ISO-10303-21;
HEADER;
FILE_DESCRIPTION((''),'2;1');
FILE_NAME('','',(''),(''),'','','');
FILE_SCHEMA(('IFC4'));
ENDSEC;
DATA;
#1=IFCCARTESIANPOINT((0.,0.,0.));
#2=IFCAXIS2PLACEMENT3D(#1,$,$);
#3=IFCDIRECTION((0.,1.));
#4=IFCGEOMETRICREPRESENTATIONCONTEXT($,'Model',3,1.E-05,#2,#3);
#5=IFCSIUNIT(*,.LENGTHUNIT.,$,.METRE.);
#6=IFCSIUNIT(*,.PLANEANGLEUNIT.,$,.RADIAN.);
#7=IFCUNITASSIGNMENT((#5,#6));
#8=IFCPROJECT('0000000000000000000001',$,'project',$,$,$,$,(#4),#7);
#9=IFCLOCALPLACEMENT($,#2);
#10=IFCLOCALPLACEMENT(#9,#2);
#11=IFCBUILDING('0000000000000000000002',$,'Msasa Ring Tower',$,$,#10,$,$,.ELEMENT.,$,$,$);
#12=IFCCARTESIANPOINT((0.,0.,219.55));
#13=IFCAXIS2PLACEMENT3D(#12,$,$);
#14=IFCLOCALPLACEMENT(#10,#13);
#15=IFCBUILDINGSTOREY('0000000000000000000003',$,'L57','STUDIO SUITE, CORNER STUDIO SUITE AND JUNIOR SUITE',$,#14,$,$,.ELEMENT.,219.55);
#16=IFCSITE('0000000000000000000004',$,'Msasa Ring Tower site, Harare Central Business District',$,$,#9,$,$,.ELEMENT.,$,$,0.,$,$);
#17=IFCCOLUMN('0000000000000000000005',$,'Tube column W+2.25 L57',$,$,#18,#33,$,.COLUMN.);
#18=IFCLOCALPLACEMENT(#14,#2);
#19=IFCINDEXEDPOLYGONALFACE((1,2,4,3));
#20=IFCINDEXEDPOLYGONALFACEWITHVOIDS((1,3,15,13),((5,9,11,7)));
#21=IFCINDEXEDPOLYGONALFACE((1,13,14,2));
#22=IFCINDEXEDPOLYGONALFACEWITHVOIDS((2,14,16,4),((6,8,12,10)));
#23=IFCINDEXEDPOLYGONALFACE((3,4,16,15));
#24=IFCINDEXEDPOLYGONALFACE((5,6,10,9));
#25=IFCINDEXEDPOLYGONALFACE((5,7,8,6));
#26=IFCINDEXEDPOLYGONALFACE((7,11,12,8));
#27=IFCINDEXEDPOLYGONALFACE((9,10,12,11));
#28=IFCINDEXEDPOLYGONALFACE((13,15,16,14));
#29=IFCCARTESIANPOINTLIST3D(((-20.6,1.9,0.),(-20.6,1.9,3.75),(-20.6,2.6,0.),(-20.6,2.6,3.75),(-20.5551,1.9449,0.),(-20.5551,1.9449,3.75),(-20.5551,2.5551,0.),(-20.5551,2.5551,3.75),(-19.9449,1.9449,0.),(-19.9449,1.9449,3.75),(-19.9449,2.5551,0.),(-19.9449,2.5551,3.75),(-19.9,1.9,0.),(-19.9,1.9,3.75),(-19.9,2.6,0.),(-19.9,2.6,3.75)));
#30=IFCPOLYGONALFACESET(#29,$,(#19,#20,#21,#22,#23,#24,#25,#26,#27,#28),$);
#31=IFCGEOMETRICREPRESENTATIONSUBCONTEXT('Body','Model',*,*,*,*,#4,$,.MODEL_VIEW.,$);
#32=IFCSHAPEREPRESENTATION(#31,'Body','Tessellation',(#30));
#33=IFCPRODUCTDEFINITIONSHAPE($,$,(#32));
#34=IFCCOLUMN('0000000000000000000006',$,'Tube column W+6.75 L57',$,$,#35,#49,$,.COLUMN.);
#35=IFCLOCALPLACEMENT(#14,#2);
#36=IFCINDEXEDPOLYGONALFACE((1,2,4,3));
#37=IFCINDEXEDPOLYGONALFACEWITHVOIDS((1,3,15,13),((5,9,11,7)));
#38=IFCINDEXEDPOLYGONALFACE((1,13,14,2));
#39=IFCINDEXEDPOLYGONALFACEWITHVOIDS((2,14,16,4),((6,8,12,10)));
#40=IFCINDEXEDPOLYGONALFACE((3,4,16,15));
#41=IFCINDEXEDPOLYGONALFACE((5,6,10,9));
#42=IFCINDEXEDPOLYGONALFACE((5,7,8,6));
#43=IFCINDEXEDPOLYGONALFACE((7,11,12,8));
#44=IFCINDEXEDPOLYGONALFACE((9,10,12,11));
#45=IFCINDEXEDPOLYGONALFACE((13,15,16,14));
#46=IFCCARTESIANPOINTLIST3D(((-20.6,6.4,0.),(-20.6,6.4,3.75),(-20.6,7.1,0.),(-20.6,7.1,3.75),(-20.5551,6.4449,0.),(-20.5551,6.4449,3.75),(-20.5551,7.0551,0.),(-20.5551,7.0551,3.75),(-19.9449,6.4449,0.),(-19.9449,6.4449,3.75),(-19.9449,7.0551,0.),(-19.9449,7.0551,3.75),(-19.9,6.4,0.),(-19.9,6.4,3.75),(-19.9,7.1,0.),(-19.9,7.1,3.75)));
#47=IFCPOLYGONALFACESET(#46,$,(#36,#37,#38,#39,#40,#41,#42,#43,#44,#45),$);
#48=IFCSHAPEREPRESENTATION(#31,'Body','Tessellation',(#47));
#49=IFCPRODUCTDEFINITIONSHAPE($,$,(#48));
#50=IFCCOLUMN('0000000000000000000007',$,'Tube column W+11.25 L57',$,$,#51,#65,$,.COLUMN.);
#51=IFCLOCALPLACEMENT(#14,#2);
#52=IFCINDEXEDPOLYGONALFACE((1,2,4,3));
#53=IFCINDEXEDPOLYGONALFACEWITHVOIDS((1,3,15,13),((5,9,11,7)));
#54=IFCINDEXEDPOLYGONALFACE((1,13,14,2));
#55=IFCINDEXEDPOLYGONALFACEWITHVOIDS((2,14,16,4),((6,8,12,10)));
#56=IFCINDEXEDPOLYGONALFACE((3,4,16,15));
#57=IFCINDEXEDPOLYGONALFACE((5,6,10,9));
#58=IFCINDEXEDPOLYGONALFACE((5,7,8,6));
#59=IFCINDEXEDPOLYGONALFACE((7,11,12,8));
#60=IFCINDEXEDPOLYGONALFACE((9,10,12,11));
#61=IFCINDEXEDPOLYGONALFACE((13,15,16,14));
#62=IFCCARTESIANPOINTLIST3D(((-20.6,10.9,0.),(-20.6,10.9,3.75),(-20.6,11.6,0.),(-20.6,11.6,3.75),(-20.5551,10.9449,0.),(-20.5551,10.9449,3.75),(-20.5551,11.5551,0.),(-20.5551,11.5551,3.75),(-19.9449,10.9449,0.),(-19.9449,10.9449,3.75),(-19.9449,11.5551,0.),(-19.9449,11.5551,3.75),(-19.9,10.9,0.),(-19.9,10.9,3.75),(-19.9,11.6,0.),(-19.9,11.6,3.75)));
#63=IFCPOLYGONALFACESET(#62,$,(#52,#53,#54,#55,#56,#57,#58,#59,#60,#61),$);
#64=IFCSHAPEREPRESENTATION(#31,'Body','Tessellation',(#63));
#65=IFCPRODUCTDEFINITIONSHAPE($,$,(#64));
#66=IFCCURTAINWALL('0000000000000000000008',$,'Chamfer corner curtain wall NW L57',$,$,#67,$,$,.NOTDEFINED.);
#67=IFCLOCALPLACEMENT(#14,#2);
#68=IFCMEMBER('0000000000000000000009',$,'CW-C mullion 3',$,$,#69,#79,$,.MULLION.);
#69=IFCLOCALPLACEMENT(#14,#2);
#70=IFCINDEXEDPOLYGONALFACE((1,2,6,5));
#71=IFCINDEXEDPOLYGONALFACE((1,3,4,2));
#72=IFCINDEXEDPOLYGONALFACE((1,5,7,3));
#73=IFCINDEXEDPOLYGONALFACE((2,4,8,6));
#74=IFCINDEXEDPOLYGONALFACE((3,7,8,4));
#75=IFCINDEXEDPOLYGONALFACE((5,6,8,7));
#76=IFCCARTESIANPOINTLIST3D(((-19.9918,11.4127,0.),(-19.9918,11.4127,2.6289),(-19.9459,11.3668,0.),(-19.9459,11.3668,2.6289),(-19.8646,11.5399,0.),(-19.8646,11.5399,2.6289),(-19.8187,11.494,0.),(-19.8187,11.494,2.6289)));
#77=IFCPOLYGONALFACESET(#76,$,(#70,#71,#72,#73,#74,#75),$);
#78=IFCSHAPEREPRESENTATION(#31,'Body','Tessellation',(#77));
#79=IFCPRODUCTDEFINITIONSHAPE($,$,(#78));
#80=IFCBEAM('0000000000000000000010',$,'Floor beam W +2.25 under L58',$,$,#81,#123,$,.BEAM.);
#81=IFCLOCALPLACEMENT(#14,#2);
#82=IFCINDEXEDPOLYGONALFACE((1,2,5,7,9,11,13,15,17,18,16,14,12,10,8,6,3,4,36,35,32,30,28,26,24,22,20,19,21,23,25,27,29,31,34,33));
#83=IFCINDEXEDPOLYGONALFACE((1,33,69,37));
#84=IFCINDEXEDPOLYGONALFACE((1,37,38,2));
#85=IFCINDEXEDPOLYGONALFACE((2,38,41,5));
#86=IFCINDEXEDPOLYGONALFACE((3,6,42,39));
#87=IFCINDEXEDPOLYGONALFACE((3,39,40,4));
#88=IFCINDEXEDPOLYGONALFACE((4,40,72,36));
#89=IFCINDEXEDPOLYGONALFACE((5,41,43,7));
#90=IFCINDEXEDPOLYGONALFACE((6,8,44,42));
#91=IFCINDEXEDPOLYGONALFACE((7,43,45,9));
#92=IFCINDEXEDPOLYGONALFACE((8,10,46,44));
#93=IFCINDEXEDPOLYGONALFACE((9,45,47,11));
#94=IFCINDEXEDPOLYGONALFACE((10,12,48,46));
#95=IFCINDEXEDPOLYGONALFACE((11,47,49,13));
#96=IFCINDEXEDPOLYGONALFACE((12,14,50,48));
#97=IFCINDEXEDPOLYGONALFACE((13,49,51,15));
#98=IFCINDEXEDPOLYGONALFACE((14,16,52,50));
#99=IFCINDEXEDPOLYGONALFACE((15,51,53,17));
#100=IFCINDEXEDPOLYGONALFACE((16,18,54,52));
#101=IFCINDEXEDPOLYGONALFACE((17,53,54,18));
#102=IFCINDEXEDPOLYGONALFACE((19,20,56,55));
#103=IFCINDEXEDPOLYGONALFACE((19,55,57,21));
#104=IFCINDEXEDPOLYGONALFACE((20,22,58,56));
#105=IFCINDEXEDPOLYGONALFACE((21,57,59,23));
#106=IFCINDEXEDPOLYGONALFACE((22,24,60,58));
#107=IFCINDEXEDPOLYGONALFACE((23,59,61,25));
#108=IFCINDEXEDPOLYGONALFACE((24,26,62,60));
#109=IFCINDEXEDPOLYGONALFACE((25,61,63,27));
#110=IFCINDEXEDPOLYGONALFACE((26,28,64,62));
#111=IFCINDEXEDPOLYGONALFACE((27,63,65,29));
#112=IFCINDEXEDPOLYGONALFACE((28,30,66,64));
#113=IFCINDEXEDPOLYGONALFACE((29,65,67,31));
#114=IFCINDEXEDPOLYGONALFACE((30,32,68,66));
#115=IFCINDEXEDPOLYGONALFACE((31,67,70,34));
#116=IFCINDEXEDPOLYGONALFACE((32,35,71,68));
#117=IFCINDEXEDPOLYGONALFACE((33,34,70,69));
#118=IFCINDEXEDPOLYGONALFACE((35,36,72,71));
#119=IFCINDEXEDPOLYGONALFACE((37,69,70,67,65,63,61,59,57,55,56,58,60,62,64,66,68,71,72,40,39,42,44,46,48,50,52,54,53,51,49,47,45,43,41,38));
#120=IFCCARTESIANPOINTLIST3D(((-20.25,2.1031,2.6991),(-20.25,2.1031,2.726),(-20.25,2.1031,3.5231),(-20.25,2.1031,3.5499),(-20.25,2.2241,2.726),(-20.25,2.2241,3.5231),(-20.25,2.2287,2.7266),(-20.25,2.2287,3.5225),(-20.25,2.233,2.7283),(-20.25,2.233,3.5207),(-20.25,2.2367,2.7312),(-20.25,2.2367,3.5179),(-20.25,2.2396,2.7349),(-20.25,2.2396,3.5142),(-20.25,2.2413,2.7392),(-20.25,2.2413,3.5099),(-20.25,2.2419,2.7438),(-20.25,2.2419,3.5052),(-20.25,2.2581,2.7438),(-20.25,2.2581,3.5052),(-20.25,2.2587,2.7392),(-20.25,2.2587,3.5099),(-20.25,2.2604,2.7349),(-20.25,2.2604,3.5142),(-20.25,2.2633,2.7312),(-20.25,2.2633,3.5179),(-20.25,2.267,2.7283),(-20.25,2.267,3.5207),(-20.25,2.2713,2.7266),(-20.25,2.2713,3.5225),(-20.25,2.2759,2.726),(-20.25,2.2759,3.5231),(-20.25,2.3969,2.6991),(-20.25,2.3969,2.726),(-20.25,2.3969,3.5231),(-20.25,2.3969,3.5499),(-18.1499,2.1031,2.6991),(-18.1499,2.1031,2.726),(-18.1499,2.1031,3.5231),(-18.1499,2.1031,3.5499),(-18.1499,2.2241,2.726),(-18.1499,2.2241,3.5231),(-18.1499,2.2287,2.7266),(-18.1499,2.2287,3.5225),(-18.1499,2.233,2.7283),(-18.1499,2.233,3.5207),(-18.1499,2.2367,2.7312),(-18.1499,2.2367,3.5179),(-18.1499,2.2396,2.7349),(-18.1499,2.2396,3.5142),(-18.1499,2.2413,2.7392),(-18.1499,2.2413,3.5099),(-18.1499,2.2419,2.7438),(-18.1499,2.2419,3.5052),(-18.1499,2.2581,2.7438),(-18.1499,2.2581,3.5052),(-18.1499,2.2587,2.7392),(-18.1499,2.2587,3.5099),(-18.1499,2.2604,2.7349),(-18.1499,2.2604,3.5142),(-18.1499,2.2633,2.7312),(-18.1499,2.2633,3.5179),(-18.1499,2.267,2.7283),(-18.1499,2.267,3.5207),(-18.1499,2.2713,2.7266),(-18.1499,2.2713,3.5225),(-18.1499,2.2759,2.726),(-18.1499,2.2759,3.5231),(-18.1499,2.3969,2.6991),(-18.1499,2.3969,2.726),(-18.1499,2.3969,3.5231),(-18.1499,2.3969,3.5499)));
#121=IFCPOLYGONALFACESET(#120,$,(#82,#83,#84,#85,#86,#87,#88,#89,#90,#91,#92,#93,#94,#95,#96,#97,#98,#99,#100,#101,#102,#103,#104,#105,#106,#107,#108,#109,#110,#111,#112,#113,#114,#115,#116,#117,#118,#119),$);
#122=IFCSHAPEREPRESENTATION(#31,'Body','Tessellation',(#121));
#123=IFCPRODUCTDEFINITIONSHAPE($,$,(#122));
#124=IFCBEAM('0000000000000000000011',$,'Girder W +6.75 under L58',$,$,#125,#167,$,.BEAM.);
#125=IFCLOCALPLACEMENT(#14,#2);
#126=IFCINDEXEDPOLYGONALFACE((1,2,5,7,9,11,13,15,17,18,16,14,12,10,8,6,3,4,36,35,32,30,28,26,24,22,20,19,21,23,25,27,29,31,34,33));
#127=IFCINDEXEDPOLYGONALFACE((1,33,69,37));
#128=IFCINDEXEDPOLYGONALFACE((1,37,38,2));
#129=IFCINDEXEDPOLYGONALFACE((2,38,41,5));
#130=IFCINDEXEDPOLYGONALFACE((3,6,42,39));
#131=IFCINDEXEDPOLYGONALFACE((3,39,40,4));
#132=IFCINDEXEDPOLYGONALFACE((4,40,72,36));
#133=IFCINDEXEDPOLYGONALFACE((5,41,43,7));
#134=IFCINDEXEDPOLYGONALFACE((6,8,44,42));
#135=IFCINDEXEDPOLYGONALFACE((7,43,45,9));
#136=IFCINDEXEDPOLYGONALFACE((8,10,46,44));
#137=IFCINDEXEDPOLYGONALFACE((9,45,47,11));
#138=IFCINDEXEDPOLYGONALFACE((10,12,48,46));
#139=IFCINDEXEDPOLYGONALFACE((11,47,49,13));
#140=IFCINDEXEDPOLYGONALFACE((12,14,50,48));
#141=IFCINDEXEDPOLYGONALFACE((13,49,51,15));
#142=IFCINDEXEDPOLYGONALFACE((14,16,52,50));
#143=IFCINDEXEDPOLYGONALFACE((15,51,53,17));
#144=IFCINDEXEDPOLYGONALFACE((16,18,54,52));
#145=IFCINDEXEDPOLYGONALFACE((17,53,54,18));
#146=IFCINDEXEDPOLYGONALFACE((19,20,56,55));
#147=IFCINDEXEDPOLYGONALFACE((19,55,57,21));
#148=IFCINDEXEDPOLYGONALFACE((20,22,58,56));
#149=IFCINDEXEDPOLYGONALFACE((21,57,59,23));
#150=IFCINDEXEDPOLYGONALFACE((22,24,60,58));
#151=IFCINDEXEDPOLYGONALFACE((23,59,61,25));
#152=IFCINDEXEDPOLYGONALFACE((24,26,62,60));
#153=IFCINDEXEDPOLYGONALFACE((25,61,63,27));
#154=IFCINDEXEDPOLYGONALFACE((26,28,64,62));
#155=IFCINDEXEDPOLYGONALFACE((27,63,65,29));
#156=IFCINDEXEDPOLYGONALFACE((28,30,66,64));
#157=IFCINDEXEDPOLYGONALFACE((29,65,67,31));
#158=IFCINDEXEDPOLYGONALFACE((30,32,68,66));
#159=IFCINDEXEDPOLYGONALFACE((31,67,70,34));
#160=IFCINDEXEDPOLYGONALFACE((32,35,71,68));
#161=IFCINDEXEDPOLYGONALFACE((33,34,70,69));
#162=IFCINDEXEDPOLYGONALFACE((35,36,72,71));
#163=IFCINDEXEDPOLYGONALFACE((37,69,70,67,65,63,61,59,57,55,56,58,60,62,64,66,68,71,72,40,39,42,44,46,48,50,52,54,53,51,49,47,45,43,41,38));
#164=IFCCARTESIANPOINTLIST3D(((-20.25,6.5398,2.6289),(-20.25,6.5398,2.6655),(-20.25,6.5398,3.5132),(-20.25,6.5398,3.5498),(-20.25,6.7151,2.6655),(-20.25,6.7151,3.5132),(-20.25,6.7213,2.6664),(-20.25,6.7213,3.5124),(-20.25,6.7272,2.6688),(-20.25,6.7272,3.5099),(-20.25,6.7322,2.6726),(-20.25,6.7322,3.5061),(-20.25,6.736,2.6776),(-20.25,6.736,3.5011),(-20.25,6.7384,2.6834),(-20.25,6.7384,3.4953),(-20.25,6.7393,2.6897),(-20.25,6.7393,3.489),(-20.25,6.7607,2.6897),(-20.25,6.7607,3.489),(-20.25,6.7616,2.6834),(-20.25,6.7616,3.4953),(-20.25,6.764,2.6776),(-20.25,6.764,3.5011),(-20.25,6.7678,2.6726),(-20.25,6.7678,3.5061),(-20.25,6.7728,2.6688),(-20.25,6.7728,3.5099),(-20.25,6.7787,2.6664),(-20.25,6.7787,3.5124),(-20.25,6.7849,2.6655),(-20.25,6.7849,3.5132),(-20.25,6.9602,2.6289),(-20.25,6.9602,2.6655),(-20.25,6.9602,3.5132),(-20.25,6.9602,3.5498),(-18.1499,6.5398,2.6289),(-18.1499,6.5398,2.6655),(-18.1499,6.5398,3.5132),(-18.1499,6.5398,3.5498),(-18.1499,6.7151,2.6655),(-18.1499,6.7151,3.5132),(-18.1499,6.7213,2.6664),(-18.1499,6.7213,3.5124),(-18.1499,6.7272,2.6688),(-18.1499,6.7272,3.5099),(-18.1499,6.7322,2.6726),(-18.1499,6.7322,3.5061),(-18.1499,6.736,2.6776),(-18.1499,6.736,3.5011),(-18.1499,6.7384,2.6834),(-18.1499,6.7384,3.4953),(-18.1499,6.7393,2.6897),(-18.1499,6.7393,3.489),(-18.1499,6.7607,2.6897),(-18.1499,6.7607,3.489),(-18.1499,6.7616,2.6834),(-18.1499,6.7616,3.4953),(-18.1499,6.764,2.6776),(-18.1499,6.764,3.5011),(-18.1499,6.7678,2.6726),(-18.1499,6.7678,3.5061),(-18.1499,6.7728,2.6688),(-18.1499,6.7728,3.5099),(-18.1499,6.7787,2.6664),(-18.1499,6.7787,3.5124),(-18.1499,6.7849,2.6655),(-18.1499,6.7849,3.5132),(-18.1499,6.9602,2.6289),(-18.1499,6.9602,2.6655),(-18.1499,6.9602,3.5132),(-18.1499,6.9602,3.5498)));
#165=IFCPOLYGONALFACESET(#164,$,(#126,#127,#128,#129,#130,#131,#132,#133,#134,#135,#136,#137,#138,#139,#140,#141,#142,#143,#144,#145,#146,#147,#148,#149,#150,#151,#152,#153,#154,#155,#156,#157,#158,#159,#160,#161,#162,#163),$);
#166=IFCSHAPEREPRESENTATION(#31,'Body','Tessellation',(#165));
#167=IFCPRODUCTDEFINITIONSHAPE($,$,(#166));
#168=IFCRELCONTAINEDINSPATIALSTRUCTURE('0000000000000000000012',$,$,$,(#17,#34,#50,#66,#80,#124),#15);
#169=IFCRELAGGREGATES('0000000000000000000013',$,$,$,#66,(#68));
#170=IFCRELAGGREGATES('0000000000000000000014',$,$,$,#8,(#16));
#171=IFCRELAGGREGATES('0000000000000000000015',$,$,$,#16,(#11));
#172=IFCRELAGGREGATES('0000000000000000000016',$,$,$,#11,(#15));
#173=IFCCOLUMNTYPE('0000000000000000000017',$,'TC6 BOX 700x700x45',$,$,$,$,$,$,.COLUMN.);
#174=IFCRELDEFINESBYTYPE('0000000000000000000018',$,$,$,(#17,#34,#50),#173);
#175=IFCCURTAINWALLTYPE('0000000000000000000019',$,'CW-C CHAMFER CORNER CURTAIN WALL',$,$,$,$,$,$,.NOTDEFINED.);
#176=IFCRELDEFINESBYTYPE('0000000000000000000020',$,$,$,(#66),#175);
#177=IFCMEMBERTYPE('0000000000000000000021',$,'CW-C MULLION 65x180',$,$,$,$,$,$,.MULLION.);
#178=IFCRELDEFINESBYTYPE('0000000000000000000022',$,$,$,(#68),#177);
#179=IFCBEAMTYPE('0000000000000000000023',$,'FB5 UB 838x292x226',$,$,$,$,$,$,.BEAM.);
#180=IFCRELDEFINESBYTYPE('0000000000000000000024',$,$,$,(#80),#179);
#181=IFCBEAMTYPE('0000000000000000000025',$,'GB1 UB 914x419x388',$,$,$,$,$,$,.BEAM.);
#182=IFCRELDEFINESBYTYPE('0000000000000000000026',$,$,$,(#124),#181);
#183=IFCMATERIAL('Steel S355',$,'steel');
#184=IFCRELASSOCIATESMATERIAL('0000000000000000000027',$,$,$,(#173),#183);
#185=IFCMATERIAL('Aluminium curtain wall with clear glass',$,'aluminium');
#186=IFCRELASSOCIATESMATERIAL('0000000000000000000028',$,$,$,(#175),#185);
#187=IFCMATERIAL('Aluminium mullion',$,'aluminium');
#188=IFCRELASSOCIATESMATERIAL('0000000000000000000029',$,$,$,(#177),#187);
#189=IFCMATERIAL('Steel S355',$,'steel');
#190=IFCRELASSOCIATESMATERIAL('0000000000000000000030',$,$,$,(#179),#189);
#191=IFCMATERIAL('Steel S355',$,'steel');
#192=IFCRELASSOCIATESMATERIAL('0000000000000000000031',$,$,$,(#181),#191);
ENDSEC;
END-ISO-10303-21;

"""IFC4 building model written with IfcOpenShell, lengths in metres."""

from ifc_helpers import new_model, si_unit, direction, frame, origin, origin_2d, place, context, subcontext, project, spatial, rectangle, hollow_rectangle, i_section, extrude, material, material_profile, profile_set, type_object, element, aggregate, save


model = new_model("IFC4")

# Units and contexts
model_context = context("Model", 3, precision=1e-05, world=origin(), true_north=direction((0.0, 1.0)))
body_context = subcontext(model_context, "Body", "Model", "MODEL_VIEW")
ifc_project = project(units=[si_unit("LENGTHUNIT", "METRE"), si_unit("PLANEANGLEUNIT", "RADIAN")], contexts=[model_context])

# Site, building, storey
site_placement = place(None, origin())
site = spatial("IfcSite", under=ifc_project, at=site_placement, Name="Msasa Ring Tower site, Harare Central Business District", CompositionType="ELEMENT", RefElevation=0.0)
building_placement = place(site_placement, origin())
building = spatial("IfcBuilding", under=site, at=building_placement, Name="Msasa Ring Tower", CompositionType="ELEMENT")
storey_placement = place(building_placement, frame((0.0, 0.0, 219.55)))
storey = spatial("IfcBuildingStorey", under=building, at=storey_placement, Name="L57", Description="STUDIO SUITE, CORNER STUDIO SUITE AND JUNIOR SUITE", CompositionType="ELEMENT", Elevation=219.55)

# Columns
ifc_material_1 = material(Name="Steel S355", Category="steel")
ifc_material_profile_1 = material_profile(ifc_material_1, hollow_rectangle(XDim=0.7, YDim=0.7, WallThickness=0.0449, at=origin_2d()), Name="BOX 700x700x45")
ifc_profile_set_1 = profile_set([ifc_material_profile_1], Name="Steel S355")
column_type = type_object("IfcColumnType", Name="TC6 BOX 700x700x45", PredefinedType="COLUMN", material=ifc_profile_set_1)
for number, where, z_axis, x_axis, name in (
    (1, (-20.25, 2.25, 0.0), (0.0, 0.0, 1.0), (1.0, 0.0, 0.0), "Tube column W+2.25 L57"),
    (2, (-20.25, 6.75, 0.0), (0.0, 0.0, 1.0), (1.0, 0.0, 0.0), "Tube column W+6.75 L57"),
    (3, (-20.25, 11.25, 0.0), (0.0, 0.0, 1.0), (1.0, 0.0, 0.0), "Tube column W+11.25 L57"),
):
    element("IfcColumn", number, at=place(storey_placement, frame(where, z_axis=z_axis, x_axis=x_axis)), inside=storey, type_object=column_type, Name=name, PredefinedType="COLUMN", context=body_context, shape_type="SweptSolid", body=[
        extrude(hollow_rectangle(XDim=0.7, YDim=0.7, WallThickness=0.0449, at=origin_2d()), origin(), (0.0, 0.0, 1.0), 3.75),
    ])

# Curtain wall, member
ifc_material_2 = material(Name="Aluminium curtain wall with clear glass", Category="aluminium")
curtain_wall_type = type_object("IfcCurtainWallType", Name="CW-C CHAMFER CORNER CURTAIN WALL", PredefinedType="NOTDEFINED", material=ifc_material_2)
curtain_wall_placement = place(storey_placement, origin())
curtain_wall = element("IfcCurtainWall", 4, at=curtain_wall_placement, inside=storey, type_object=curtain_wall_type, Name="Chamfer corner curtain wall NW L57", PredefinedType="NOTDEFINED")
ifc_material_3 = material(Name="Aluminium mullion", Category="aluminium")
ifc_material_profile_2 = material_profile(ifc_material_3, rectangle(XDim=0.0649, YDim=0.1799, at=origin_2d()), Name="AL 65x180")
ifc_profile_set_2 = profile_set([ifc_material_profile_2], Name="Aluminium mullion")
member_type = type_object("IfcMemberType", Name="CW-C MULLION 65x180", PredefinedType="MULLION", material=ifc_profile_set_2)
member_placement = place(storey_placement, frame((-19.9053, 11.4534, 0.0), z_axis=(0.0, 0.0, 1.0), x_axis=(0.707107, -0.707107, 0.0)))
member = element("IfcMember", 5, at=member_placement, type_object=member_type, Name="CW-C mullion 3", PredefinedType="MULLION", context=body_context, shape_type="SweptSolid", body=[
    extrude(rectangle(XDim=0.0649, YDim=0.1799, at=origin_2d()), origin(), (0.0, 0.0, 1.0), 2.6289),
])
aggregate(curtain_wall, [member])

# Beams
ifc_material_4 = material(Name="Steel S355", Category="steel")
ifc_material_profile_3 = material_profile(ifc_material_4, i_section(OverallWidth=0.2937, OverallDepth=0.8508, WebThickness=0.0161, FlangeThickness=0.0269, FilletRadius=0.0178, at=origin_2d()), Name="UB 838x292x226")
ifc_profile_set_3 = profile_set([ifc_material_profile_3], Name="Steel S355")
beam_type_1 = type_object("IfcBeamType", Name="FB5 UB 838x292x226", PredefinedType="BEAM", material=ifc_profile_set_3)
beam_1_placement = place(storey_placement, frame((-20.25, 2.25, 3.1245), z_axis=(1.0, 0.0, 0.0), x_axis=(0.0, 1.0, 0.0)))
element("IfcBeam", 6, at=beam_1_placement, inside=storey, type_object=beam_type_1, Name="Floor beam W +2.25 under L58", PredefinedType="BEAM", context=body_context, shape_type="SweptSolid", body=[
    extrude(i_section(OverallWidth=0.2937, OverallDepth=0.8508, WebThickness=0.0161, FlangeThickness=0.0269, FilletRadius=0.0178, at=origin_2d()), origin(), (0.0, 0.0, 1.0), 2.1001),
])
ifc_material_5 = material(Name="Steel S355", Category="steel")
ifc_material_profile_4 = material_profile(ifc_material_5, i_section(OverallWidth=0.4204, OverallDepth=0.9209, WebThickness=0.0215, FlangeThickness=0.0366, FilletRadius=0.0242, at=origin_2d()), Name="UB 914x419x388")
ifc_profile_set_4 = profile_set([ifc_material_profile_4], Name="Steel S355")
beam_type_2 = type_object("IfcBeamType", Name="GB1 UB 914x419x388", PredefinedType="BEAM", material=ifc_profile_set_4)
beam_2_placement = place(storey_placement, frame((-18.1499, 6.75, 3.0894), z_axis=(-1.0, 0.0, 0.0), x_axis=(0.0, -1.0, 0.0)))
element("IfcBeam", 7, at=beam_2_placement, inside=storey, type_object=beam_type_2, Name="Girder W +6.75 under L58", PredefinedType="BEAM", context=body_context, shape_type="SweptSolid", body=[
    extrude(i_section(OverallWidth=0.4204, OverallDepth=0.9209, WebThickness=0.0215, FlangeThickness=0.0366, FilletRadius=0.0242, at=origin_2d()), origin(), (0.0, 0.0, 1.0), 2.1001),
])

save(model, "model.ifc")
